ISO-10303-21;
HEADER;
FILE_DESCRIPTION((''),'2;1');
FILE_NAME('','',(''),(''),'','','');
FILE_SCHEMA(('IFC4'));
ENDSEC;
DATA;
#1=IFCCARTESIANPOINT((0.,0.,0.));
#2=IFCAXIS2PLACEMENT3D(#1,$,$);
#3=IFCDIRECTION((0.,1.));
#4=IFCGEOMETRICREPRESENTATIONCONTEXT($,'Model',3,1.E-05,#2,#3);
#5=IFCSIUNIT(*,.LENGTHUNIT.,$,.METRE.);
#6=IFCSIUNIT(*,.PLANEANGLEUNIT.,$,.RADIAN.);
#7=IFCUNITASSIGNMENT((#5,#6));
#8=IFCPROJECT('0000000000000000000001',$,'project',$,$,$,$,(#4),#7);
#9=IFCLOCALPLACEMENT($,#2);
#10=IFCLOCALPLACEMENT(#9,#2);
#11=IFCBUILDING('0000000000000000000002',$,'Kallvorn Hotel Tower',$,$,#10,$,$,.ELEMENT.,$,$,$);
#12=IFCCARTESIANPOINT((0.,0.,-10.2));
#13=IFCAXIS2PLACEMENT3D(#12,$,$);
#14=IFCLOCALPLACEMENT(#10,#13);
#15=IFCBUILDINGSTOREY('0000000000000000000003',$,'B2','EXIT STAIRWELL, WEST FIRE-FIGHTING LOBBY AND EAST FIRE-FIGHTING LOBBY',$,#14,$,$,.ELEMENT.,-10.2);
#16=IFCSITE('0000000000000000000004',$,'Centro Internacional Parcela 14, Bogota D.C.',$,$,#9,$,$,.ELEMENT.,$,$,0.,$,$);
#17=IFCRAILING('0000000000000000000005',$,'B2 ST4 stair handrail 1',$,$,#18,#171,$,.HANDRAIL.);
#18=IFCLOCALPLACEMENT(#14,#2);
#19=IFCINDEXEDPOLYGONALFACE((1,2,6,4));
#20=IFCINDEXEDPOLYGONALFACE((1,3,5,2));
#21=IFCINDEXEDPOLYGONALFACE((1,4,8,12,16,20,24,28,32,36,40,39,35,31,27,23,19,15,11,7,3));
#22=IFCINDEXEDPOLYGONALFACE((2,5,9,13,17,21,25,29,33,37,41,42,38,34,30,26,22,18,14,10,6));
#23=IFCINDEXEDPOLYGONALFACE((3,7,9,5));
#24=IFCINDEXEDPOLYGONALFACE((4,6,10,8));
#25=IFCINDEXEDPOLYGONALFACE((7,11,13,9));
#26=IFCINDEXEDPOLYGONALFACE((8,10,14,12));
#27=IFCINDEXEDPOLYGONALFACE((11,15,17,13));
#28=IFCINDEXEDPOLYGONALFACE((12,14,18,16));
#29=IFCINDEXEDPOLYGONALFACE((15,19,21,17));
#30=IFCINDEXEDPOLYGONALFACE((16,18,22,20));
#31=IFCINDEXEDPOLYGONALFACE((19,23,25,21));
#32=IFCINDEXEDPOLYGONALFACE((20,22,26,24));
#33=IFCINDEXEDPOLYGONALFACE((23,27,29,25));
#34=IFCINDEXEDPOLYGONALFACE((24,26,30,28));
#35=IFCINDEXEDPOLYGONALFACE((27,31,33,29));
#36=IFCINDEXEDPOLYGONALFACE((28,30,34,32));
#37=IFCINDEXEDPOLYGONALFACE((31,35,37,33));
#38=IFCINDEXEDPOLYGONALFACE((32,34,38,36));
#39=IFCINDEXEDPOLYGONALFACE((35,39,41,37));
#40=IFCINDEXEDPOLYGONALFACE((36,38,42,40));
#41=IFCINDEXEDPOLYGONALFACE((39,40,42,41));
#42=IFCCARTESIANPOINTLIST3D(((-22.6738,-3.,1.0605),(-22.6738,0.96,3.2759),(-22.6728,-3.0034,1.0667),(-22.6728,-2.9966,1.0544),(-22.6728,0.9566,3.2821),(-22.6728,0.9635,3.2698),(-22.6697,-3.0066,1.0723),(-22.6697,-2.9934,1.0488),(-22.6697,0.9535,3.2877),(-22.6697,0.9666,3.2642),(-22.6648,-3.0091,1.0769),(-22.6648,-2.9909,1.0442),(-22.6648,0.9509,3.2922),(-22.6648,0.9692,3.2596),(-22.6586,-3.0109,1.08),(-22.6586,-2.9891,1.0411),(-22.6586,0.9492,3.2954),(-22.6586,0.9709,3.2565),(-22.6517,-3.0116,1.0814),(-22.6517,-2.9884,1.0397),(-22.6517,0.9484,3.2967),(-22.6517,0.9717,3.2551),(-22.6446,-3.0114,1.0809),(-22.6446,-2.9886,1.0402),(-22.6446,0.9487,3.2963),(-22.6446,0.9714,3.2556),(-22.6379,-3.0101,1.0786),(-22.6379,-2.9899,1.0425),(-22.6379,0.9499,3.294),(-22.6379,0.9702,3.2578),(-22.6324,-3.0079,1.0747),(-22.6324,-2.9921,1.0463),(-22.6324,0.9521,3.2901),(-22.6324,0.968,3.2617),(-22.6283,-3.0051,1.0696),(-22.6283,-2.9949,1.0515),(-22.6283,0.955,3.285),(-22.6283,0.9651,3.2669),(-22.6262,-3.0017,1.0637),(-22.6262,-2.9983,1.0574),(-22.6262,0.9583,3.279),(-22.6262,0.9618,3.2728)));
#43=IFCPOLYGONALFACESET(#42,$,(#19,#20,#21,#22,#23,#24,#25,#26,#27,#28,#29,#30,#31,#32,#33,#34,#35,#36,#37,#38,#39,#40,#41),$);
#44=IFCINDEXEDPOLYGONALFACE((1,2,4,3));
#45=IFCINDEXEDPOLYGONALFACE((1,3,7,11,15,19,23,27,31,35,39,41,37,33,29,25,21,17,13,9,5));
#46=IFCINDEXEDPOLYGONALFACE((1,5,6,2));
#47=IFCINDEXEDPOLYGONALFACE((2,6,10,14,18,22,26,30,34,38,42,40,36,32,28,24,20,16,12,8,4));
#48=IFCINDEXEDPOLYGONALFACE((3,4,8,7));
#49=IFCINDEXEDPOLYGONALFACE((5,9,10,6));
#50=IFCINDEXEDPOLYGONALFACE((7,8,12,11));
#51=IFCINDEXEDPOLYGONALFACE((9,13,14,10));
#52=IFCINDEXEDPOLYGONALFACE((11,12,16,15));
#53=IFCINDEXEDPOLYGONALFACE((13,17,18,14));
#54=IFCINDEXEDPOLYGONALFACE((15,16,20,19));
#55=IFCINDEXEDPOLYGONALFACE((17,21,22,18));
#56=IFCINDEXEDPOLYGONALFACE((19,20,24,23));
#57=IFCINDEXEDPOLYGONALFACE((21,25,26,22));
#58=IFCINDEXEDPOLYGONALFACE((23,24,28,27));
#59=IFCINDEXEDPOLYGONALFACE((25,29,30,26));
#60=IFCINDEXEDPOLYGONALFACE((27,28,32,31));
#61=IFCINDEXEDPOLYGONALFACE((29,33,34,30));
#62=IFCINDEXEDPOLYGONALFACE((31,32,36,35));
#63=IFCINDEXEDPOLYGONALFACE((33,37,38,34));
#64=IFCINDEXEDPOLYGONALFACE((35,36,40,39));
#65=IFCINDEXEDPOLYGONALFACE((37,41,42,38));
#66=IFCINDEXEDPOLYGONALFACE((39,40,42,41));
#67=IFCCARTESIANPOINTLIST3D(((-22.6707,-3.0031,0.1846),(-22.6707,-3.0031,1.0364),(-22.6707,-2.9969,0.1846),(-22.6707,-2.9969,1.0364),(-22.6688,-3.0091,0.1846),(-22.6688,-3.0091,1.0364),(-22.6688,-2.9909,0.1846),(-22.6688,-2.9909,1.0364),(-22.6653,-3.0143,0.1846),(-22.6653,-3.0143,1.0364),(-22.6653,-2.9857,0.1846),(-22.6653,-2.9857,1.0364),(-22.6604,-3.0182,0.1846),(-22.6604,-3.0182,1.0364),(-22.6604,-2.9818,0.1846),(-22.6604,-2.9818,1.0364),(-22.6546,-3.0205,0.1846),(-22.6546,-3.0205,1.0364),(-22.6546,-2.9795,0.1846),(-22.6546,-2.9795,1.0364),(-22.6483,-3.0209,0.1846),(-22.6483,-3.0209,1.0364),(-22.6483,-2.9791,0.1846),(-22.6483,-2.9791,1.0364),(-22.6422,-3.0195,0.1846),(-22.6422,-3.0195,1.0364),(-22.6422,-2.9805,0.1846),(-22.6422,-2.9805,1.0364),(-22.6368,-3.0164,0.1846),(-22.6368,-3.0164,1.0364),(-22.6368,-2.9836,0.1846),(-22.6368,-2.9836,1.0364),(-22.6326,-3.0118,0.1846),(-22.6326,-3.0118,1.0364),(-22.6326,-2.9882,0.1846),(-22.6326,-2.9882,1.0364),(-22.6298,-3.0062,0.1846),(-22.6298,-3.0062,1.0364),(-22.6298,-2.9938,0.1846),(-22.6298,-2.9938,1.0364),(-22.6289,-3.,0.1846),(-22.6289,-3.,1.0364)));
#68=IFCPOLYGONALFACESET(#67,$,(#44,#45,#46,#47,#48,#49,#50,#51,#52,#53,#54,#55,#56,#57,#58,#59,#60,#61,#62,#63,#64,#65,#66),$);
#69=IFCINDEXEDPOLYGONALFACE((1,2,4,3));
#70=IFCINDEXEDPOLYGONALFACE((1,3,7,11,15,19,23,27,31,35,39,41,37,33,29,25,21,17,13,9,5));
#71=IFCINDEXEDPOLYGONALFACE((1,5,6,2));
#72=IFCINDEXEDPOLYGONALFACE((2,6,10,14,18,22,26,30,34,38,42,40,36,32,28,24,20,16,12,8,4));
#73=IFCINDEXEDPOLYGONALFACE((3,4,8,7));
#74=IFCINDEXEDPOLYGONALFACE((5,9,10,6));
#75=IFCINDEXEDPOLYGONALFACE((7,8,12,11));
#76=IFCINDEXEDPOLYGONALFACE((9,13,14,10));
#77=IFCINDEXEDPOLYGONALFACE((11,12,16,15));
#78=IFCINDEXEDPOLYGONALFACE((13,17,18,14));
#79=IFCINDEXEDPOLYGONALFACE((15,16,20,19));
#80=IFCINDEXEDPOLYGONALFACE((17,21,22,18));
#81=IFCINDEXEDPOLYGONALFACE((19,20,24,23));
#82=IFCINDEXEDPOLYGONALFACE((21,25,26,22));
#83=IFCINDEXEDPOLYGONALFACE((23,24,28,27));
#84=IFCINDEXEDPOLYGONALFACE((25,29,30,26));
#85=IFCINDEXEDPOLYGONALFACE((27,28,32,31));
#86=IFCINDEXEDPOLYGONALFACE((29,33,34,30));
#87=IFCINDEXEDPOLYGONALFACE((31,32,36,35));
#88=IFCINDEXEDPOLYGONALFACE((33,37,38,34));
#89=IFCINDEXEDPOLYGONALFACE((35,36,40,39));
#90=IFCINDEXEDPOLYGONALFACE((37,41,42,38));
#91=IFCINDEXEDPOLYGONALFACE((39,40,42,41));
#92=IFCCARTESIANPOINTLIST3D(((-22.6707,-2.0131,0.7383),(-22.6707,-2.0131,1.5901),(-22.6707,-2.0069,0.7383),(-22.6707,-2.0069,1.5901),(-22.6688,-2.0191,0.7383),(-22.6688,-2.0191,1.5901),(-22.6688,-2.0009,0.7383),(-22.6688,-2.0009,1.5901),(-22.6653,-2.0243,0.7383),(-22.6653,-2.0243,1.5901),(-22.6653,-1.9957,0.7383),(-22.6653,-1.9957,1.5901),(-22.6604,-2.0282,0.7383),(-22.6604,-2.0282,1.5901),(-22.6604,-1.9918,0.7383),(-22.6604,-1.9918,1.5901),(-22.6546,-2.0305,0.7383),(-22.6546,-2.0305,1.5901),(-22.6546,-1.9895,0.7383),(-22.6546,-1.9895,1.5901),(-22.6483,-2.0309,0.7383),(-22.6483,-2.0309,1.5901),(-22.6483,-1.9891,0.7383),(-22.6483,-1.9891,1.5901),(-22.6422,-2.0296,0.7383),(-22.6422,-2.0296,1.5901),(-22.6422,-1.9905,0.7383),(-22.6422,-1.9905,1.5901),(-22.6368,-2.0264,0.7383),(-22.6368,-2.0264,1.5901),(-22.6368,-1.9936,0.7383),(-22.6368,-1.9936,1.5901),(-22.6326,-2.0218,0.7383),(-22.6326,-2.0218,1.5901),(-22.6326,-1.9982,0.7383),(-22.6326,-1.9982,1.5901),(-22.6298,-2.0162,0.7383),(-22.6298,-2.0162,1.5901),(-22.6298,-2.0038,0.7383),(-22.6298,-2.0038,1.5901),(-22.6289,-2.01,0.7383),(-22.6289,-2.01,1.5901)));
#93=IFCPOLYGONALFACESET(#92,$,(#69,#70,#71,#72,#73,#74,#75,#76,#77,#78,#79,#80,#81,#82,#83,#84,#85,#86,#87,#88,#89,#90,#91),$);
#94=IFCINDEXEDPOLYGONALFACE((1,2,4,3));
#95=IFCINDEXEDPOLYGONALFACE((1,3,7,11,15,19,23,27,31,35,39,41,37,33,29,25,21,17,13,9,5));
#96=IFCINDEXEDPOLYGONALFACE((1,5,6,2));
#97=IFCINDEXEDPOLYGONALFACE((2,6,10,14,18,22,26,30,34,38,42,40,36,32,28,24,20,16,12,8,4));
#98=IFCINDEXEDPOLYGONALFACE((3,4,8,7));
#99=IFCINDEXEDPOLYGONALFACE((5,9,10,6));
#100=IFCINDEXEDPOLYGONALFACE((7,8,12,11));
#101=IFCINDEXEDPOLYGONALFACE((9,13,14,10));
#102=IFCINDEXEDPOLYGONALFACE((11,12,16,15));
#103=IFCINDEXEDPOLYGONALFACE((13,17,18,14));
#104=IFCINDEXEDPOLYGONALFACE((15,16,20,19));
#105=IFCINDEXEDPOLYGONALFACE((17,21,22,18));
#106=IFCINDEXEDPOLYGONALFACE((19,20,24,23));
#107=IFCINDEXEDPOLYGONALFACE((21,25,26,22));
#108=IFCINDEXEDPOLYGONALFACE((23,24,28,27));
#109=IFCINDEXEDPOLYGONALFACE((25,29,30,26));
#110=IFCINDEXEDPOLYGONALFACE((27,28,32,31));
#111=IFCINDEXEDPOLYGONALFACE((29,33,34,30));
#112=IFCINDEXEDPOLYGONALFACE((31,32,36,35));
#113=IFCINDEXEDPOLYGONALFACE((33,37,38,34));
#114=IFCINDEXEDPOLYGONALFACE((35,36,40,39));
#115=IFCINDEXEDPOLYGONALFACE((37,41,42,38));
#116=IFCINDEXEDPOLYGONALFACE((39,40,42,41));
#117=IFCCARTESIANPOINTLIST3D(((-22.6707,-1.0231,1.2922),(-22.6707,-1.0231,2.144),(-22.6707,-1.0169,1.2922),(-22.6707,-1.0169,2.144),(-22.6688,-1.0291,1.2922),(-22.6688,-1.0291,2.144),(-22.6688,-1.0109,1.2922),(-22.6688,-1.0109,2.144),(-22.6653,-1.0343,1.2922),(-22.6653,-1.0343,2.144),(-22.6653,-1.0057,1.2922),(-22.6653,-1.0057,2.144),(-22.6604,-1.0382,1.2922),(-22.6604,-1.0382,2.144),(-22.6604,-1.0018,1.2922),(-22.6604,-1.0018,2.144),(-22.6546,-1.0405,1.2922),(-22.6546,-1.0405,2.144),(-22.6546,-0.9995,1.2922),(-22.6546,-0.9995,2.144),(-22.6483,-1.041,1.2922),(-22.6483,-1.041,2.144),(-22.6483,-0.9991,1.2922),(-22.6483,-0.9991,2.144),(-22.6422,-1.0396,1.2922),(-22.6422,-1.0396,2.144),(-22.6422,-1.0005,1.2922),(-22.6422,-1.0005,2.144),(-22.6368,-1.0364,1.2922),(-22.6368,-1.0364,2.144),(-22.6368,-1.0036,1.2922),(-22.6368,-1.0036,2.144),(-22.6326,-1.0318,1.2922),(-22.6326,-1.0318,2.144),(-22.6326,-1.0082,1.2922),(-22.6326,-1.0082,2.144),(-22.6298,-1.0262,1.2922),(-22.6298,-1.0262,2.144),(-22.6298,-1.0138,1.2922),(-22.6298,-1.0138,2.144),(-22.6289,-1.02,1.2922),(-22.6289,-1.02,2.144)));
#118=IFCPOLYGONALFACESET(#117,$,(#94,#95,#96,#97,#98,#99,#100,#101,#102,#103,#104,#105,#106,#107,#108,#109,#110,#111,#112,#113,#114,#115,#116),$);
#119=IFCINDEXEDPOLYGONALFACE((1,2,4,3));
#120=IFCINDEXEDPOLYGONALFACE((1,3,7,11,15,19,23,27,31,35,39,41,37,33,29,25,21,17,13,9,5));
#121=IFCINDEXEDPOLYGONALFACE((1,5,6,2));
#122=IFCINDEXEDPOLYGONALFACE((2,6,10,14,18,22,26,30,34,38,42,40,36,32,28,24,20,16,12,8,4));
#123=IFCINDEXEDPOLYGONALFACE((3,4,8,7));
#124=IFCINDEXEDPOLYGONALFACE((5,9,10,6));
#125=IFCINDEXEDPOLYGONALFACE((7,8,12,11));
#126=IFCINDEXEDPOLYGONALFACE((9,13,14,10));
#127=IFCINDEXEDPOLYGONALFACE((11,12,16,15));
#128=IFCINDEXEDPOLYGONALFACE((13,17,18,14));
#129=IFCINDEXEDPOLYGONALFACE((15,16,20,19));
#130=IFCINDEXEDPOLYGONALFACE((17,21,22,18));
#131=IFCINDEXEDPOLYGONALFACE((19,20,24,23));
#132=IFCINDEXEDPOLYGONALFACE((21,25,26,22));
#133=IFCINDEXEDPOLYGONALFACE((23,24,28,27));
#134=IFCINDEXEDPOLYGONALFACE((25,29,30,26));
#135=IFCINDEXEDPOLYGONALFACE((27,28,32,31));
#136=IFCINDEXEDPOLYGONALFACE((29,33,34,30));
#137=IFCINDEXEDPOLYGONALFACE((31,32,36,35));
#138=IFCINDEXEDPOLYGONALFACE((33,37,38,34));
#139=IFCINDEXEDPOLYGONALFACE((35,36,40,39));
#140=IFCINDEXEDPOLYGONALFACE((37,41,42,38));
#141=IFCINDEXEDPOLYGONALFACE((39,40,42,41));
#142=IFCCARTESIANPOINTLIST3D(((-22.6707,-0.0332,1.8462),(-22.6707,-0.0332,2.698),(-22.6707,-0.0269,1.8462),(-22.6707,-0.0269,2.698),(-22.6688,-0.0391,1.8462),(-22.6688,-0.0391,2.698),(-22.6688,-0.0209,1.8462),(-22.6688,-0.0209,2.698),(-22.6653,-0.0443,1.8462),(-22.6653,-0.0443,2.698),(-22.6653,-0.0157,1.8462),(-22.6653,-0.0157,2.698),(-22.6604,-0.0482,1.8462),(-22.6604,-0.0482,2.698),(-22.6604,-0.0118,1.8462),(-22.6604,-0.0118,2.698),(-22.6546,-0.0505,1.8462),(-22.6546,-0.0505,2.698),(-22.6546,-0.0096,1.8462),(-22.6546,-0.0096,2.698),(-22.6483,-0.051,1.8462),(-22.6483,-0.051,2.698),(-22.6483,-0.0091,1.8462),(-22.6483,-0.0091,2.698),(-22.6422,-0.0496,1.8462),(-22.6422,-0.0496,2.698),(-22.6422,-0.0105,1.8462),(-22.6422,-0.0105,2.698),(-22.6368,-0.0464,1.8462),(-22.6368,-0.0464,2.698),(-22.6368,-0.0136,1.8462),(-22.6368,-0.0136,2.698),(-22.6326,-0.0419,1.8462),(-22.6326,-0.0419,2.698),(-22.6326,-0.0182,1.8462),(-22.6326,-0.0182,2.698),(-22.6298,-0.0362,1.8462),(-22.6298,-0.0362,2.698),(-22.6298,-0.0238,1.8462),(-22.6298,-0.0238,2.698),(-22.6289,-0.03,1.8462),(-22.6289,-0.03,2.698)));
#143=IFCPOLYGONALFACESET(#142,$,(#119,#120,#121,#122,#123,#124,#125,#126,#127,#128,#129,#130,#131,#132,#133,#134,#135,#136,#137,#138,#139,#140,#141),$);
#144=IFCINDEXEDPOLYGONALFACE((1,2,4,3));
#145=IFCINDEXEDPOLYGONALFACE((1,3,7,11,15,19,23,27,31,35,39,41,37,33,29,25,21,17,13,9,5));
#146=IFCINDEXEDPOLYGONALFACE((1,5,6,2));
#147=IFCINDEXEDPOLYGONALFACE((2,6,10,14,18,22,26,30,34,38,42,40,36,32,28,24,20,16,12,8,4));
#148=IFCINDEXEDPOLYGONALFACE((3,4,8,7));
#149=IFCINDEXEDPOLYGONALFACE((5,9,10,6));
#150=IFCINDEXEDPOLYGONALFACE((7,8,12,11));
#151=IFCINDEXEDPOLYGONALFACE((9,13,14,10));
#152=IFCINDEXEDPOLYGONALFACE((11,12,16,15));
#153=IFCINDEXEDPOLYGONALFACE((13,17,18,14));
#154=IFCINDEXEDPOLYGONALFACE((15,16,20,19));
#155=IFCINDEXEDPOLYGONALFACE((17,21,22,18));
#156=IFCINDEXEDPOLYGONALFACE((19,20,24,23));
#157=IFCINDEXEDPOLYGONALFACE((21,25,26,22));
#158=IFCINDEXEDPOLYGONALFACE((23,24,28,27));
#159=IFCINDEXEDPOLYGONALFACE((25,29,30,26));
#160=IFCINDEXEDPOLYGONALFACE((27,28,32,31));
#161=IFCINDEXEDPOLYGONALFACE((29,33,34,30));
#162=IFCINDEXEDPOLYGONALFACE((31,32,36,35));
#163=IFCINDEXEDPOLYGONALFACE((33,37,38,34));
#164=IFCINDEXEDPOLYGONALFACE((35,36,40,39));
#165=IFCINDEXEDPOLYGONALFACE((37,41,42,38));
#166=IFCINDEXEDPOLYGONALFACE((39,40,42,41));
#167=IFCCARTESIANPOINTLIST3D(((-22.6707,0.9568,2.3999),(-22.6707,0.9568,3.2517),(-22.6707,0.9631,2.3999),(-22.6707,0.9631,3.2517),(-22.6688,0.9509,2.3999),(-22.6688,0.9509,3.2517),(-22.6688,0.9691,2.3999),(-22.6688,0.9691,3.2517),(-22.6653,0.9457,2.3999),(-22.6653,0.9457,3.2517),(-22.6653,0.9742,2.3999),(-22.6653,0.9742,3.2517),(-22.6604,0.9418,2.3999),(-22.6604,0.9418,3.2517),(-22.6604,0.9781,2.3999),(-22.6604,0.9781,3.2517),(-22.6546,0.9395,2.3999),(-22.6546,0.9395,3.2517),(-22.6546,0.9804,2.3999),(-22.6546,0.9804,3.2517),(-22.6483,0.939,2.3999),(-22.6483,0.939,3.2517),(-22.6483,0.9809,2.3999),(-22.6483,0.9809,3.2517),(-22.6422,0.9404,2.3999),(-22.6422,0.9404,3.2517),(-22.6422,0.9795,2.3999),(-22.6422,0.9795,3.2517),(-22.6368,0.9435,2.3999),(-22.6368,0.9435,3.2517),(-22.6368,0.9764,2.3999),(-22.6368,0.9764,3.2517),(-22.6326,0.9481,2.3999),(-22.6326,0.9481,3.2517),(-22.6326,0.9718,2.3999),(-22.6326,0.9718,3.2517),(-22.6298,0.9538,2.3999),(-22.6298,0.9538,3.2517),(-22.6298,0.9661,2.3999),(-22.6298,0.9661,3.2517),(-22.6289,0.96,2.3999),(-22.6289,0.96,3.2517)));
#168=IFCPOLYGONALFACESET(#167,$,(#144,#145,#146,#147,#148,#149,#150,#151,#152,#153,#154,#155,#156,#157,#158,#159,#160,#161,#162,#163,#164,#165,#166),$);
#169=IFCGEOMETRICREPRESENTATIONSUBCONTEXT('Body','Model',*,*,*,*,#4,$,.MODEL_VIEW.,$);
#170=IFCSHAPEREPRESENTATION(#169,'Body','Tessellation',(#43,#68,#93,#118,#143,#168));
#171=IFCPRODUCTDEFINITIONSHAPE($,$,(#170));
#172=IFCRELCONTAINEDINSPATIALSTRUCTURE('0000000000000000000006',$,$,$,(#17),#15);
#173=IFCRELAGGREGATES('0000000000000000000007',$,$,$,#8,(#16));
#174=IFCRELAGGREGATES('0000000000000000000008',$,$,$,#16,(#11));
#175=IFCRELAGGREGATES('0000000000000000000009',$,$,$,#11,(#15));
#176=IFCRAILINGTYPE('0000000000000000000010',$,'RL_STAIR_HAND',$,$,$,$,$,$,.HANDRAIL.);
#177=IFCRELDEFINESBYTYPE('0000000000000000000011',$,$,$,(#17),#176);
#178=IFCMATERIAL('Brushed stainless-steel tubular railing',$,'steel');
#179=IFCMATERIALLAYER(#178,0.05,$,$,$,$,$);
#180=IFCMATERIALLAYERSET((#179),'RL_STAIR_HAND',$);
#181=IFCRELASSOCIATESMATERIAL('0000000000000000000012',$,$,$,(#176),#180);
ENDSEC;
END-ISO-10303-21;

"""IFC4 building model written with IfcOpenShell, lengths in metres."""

from ifc_helpers import new_model, si_unit, direction, frame, origin, origin_2d, place, context, subcontext, project, spatial, circle, extrude, material, layer, layer_set, type_object, element, save


model = new_model("IFC4")

# Units and contexts
model_context = context("Model", 3, precision=1e-05, world=origin(), true_north=direction((0.0, 1.0)))
body_context = subcontext(model_context, "Body", "Model", "MODEL_VIEW")
ifc_project = project(units=[si_unit("LENGTHUNIT", "METRE"), si_unit("PLANEANGLEUNIT", "RADIAN")], contexts=[model_context])

# Site, building, storey
site_placement = place(None, origin())
site = spatial("IfcSite", under=ifc_project, at=site_placement, Name="Centro Internacional Parcela 14, Bogota D.C.", CompositionType="ELEMENT", RefElevation=0.0)
building_placement = place(site_placement, origin())
building = spatial("IfcBuilding", under=site, at=building_placement, Name="Kallvorn Hotel Tower", CompositionType="ELEMENT")
storey_placement = place(building_placement, frame((0.0, 0.0, -10.2)))
storey = spatial("IfcBuildingStorey", under=building, at=storey_placement, Name="B2", Description="EXIT STAIRWELL, WEST FIRE-FIGHTING LOBBY AND EAST FIRE-FIGHTING LOBBY", CompositionType="ELEMENT", Elevation=-10.2)

# Railing
ifc_material_1 = material(Name="Brushed stainless-steel tubular railing", Category="steel")
ifc_layer_1 = layer(ifc_material_1, 0.05)
ifc_layer_set_1 = layer_set([ifc_layer_1], Name="RL_STAIR_HAND")
railing_type_1 = type_object("IfcRailingType", Name="RL_STAIR_HAND", PredefinedType="HANDRAIL", material=ifc_layer_set_1)
railing_1_placement = place(storey_placement, frame((-22.6499, -3.0, 0.1846)))
element("IfcRailing", 1, at=railing_1_placement, inside=storey, type_object=railing_type_1, Name="B2 ST4 stair handrail 1", PredefinedType="HANDRAIL", context=body_context, shape_type="SweptSolid", body=[
    extrude(circle(Radius=0.0239, at=origin_2d()), frame((0.0, 0.0, 0.876), z_axis=(0.0, 0.872717, 0.488226), x_axis=(-1.0, 0.0, 0.0)), (0.0, 0.0, 1.0), 4.5376),
    extrude(circle(Radius=0.021, at=origin_2d()), origin(), (0.0, 0.0, 1.0), 0.8518),
    extrude(circle(Radius=0.021, at=origin_2d()), frame((0.0, 0.99, 0.5537)), (0.0, 0.0, 1.0), 0.8518),
    extrude(circle(Radius=0.021, at=origin_2d()), frame((0.0, 1.98, 1.1077)), (0.0, 0.0, 1.0), 0.8518),
    extrude(circle(Radius=0.021, at=origin_2d()), frame((0.0, 2.97, 1.6616)), (0.0, 0.0, 1.0), 0.8518),
    extrude(circle(Radius=0.021, at=origin_2d()), frame((0.0, 3.96, 2.2153)), (0.0, 0.0, 1.0), 0.8518),
])

save(model, "model.ifc")
